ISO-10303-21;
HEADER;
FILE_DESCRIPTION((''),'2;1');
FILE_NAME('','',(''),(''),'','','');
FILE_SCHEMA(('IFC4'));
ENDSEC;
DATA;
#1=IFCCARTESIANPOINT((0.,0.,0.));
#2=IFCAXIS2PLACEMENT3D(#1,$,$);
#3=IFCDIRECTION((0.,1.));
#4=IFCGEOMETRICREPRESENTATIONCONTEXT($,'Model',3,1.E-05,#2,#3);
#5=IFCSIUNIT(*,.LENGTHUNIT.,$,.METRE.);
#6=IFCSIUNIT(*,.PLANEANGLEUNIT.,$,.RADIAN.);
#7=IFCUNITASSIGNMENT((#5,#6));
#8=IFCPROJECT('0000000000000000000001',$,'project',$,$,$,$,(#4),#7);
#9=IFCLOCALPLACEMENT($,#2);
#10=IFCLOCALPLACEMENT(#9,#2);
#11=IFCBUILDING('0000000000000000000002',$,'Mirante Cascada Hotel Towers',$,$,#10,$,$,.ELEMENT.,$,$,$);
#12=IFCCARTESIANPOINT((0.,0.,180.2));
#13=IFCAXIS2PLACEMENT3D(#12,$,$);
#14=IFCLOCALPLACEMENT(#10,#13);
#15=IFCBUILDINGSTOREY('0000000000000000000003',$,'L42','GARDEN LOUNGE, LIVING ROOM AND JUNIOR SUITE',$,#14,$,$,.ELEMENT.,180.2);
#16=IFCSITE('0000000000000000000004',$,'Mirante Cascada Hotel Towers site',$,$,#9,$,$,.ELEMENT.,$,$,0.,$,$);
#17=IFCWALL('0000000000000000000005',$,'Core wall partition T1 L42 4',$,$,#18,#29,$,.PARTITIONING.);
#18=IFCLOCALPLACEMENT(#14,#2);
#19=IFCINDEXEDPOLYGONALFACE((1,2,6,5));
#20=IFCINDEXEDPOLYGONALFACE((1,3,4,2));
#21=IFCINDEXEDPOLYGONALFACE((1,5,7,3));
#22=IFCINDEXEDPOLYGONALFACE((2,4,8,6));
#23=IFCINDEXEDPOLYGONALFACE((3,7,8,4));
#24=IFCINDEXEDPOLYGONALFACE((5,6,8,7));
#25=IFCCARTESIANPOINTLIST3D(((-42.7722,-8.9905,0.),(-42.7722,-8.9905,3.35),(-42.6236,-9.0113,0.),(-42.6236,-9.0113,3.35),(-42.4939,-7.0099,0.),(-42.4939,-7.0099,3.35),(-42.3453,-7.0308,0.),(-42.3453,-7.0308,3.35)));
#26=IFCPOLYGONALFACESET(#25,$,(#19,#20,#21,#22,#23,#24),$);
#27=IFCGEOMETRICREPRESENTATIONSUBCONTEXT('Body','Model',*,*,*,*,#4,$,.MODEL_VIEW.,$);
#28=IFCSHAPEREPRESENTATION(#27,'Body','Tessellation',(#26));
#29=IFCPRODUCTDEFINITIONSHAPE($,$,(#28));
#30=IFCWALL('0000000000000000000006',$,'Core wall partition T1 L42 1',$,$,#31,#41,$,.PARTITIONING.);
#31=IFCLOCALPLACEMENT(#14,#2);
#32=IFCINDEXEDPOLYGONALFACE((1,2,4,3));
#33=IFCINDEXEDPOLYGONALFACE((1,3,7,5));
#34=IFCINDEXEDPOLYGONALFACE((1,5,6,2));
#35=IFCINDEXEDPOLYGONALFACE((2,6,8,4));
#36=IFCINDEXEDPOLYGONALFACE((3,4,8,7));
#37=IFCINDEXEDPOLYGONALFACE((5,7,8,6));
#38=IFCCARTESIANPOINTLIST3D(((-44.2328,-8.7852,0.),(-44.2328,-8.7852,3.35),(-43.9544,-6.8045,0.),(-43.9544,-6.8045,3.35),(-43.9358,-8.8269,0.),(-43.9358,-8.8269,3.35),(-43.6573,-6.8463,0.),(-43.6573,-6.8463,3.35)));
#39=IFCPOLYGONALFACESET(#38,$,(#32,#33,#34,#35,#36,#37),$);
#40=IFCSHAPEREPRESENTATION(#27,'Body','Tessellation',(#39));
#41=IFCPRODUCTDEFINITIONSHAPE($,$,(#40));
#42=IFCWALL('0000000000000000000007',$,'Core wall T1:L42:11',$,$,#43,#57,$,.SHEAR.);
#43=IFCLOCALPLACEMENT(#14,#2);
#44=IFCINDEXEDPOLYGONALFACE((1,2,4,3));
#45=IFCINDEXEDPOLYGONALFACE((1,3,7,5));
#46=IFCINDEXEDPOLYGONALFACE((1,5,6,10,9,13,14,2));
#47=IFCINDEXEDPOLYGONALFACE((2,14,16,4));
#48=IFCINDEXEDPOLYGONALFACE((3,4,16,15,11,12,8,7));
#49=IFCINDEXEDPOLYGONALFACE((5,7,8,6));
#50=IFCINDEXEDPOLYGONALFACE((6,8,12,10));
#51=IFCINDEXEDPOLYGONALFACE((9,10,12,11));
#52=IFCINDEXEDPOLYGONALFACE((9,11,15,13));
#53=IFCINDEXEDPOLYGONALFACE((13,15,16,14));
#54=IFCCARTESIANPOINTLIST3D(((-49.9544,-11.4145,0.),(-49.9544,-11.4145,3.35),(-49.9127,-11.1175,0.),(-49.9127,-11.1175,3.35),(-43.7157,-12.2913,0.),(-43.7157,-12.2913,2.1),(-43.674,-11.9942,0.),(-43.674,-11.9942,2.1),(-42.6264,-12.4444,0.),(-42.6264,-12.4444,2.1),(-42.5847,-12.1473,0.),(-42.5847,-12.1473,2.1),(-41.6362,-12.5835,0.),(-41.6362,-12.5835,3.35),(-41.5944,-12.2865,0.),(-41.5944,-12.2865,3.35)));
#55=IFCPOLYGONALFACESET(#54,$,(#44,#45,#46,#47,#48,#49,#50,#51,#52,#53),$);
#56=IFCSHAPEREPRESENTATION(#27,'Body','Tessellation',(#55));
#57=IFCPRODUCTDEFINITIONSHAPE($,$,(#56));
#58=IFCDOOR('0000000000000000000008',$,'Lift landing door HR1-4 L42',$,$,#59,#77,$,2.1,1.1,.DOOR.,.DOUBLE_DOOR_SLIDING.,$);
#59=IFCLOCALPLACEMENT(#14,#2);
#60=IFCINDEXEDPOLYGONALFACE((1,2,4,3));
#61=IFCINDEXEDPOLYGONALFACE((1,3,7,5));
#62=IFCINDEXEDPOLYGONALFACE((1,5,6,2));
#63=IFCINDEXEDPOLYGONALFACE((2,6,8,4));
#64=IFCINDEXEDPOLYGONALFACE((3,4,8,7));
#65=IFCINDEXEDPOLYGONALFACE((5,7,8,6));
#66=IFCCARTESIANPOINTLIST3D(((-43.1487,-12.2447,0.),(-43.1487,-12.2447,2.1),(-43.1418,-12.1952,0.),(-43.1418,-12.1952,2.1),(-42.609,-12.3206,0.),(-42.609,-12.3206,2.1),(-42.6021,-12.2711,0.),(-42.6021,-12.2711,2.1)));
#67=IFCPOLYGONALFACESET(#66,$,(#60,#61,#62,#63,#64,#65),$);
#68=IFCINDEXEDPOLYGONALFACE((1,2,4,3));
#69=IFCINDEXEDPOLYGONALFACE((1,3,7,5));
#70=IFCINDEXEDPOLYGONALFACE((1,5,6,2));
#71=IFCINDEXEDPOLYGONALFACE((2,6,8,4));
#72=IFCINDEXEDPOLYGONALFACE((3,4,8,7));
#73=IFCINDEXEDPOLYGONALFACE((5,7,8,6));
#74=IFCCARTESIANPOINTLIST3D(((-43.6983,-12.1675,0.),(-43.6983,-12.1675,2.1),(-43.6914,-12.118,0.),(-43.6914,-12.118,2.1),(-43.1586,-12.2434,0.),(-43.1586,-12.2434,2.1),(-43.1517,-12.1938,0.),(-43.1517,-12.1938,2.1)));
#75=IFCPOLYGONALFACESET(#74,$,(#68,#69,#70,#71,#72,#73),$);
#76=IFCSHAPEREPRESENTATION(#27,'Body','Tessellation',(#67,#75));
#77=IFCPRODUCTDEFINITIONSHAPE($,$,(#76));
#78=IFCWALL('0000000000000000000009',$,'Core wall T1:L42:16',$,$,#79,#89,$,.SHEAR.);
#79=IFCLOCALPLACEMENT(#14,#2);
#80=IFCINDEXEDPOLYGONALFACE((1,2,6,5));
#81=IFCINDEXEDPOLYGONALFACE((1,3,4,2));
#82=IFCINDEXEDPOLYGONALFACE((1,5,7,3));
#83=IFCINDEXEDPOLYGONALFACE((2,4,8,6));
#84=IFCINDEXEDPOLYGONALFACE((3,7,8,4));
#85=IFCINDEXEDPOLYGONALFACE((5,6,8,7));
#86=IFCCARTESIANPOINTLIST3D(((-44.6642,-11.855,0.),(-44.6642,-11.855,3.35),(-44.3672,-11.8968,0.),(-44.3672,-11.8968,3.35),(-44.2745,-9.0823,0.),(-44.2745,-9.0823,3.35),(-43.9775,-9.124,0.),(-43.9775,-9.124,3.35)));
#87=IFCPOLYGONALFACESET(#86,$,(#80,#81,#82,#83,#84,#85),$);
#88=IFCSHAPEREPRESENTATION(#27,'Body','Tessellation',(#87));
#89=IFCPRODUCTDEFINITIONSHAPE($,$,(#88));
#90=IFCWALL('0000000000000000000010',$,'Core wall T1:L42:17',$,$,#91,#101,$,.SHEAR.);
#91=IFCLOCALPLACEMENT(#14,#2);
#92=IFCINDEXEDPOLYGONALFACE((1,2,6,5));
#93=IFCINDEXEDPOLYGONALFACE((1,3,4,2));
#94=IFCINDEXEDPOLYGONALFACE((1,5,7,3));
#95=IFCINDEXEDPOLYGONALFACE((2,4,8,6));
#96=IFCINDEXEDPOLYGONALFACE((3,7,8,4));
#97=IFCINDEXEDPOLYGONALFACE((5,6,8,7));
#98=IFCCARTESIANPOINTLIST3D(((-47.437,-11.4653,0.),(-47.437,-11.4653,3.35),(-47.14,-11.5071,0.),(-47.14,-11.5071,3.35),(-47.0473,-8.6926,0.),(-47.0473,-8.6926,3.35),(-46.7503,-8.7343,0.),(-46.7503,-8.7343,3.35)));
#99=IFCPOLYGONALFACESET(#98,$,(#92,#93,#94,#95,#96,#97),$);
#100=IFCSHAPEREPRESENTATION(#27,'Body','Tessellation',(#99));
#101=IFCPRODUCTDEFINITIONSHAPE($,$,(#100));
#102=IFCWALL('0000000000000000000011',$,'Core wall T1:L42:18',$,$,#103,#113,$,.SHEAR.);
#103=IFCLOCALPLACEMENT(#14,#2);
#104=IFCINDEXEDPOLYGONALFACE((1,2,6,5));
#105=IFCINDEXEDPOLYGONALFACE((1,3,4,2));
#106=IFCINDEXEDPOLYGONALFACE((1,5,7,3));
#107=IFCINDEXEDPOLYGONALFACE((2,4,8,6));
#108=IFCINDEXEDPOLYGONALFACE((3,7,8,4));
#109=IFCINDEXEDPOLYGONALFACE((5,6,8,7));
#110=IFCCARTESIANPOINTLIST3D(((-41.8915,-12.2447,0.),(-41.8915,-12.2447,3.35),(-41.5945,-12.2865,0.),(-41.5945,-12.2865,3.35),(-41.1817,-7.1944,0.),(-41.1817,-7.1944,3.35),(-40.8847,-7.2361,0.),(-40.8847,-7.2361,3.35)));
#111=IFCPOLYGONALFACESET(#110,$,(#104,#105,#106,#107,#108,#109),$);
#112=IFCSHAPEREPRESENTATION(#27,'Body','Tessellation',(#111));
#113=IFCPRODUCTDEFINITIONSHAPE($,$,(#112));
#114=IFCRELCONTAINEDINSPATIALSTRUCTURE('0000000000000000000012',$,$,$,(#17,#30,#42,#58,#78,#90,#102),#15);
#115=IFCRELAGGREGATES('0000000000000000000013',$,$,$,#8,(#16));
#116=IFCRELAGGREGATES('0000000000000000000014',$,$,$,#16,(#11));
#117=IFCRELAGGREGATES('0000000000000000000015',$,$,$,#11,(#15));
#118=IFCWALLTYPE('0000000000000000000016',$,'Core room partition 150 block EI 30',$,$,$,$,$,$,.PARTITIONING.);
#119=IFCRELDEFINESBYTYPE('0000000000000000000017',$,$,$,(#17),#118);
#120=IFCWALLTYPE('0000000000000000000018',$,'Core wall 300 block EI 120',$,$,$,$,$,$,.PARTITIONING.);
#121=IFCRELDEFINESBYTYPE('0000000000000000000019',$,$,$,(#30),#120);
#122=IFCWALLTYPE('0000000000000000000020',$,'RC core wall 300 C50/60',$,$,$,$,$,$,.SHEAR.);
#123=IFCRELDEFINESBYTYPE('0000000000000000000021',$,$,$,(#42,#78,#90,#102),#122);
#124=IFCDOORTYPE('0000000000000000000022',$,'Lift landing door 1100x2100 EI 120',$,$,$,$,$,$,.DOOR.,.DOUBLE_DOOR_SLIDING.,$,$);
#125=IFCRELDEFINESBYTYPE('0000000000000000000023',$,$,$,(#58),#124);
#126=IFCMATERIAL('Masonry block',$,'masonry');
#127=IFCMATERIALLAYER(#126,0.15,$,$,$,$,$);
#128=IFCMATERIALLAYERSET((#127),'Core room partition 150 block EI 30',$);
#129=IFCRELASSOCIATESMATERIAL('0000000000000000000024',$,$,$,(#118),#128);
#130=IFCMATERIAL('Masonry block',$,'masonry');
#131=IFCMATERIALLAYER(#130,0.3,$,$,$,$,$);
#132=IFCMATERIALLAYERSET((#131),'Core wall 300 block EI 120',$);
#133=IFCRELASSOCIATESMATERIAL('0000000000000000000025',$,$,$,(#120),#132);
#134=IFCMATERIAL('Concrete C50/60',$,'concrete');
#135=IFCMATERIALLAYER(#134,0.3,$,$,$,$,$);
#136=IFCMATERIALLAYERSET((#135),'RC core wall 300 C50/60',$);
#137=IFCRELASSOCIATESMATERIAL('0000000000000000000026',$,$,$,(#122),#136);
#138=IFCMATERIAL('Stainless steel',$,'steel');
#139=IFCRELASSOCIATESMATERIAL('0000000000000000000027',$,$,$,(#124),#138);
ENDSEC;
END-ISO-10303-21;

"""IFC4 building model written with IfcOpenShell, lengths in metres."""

from ifc_helpers import new_model, si_unit, direction, frame, frame_2d, origin, place, context, subcontext, project, spatial, rectangle, extrude, material, layer, layer_set, type_object, element, fill, save


model = new_model("IFC4")

# Units and contexts
model_context = context("Model", 3, precision=1e-05, world=origin(), true_north=direction((0.0, 1.0)))
body_context = subcontext(model_context, "Body", "Model", "MODEL_VIEW")
ifc_project = project(units=[si_unit("LENGTHUNIT", "METRE"), si_unit("PLANEANGLEUNIT", "RADIAN")], contexts=[model_context])

# Site, building, storey
site_placement = place(None, origin())
site = spatial("IfcSite", under=ifc_project, at=site_placement, Name="Mirante Cascada Hotel Towers site", CompositionType="ELEMENT", RefElevation=0.0)
building_placement = place(site_placement, origin())
building = spatial("IfcBuilding", under=site, at=building_placement, Name="Mirante Cascada Hotel Towers", CompositionType="ELEMENT")
storey_placement = place(building_placement, frame((0.0, 0.0, 180.2)))
storey = spatial("IfcBuildingStorey", under=building, at=storey_placement, Name="L42", Description="GARDEN LOUNGE, LIVING ROOM AND JUNIOR SUITE", CompositionType="ELEMENT", Elevation=180.2)

# Walls
ifc_material_1 = material(Name="Masonry block", Category="masonry")
ifc_layer_1 = layer(ifc_material_1, 0.15)
ifc_layer_set_1 = layer_set([ifc_layer_1], Name="Core room partition 150 block EI 30")
wall_type_1 = type_object("IfcWallType", Name="Core room partition 150 block EI 30", PredefinedType="PARTITIONING", material=ifc_layer_set_1)
wall_1_placement = place(storey_placement, frame((-42.6979, -9.0009, 0.0), z_axis=(0.0, 0.0, 1.0), x_axis=(0.139153, 0.990271, 0.0)))
element("IfcWall", 1, at=wall_1_placement, inside=storey, type_object=wall_type_1, Name="Core wall partition T1 L42 4", PredefinedType="PARTITIONING", context=body_context, shape_type="SweptSolid", body=[
    extrude(rectangle(XDim=2.0, YDim=0.15, at=frame_2d((1.0, 0.0))), origin(), (0.0, 0.0, 1.0), 3.35),
])
ifc_material_2 = material(Name="Masonry block", Category="masonry")
ifc_layer_2 = layer(ifc_material_2, 0.3)
ifc_layer_set_2 = layer_set([ifc_layer_2], Name="Core wall 300 block EI 120")
wall_type_2 = type_object("IfcWallType", Name="Core wall 300 block EI 120", PredefinedType="PARTITIONING", material=ifc_layer_set_2)
wall_2_placement = place(storey_placement, frame((-44.0843, -8.8061, 0.0), z_axis=(0.0, 0.0, 1.0), x_axis=(0.139195, 0.990265, 0.0)))
element("IfcWall", 2, at=wall_2_placement, inside=storey, type_object=wall_type_2, Name="Core wall partition T1 L42 1", PredefinedType="PARTITIONING", context=body_context, shape_type="SweptSolid", body=[
    extrude(rectangle(XDim=2.0001, YDim=0.3, at=frame_2d((1.0001, 0.0))), origin(), (0.0, 0.0, 1.0), 3.35),
])

# Wall, opening, door
ifc_material_3 = material(Name="Concrete C50/60", Category="concrete")
ifc_layer_3 = layer(ifc_material_3, 0.3)
ifc_layer_set_3 = layer_set([ifc_layer_3], Name="RC core wall 300 C50/60")
wall_type_3 = type_object("IfcWallType", Name="RC core wall 300 C50/60", PredefinedType="SHEAR", material=ifc_layer_set_3)
wall_3_placement = place(storey_placement, frame((-41.6153, -12.435, 0.0), z_axis=(0.0, 0.0, 1.0), x_axis=(-0.990269, 0.139166, 0.0)))
wall_3 = element("IfcWall", 3, at=wall_3_placement, inside=storey, type_object=wall_type_3, Name="Core wall T1:L42:11", PredefinedType="SHEAR", context=body_context, shape_type="SweptSolid", body=[
    extrude(rectangle(XDim=8.4, YDim=0.3, at=frame_2d((4.2, 0.0))), origin(), (0.0, 0.0, 1.0), 3.35),
])
opening_placement = place(wall_3_placement, frame((1.0, 0.0, 0.0)))
opening = element("IfcOpeningElement", 4, at=opening_placement, cuts=wall_3, PredefinedType="OPENING", context=body_context, shape_type="SweptSolid", body=[
    extrude(rectangle(XDim=1.1, YDim=2.1, at=frame_2d((0.55, 1.05))), frame((0.0, 0.15, 0.0), z_axis=(0.0, -1.0, 0.0), x_axis=(1.0, 0.0, 0.0)), (0.0, 0.0, 1.0), 0.3),
])
ifc_material_4 = material(Name="Stainless steel", Category="steel")
door_type = type_object("IfcDoorType", Name="Lift landing door 1100x2100 EI 120", OperationType="DOUBLE_DOOR_SLIDING", PredefinedType="DOOR", material=ifc_material_4)
door_placement = place(opening_placement, origin())
door = element("IfcDoor", 5, at=door_placement, inside=storey, type_object=door_type, Name="Lift landing door HR1-4 L42", OperationType="DOUBLE_DOOR_SLIDING", OverallHeight=2.1, OverallWidth=1.1, PredefinedType="DOOR", context=body_context, shape_type="SweptSolid", body=[
    extrude(rectangle(XDim=0.545, YDim=2.1, at=frame_2d((0.2725, 1.05))), frame((0.0, 0.025, 0.0), z_axis=(0.0, -1.0, 0.0), x_axis=(1.0, 0.0, 0.0)), (0.0, 0.0, 1.0), 0.05),
    extrude(rectangle(XDim=0.545, YDim=2.1, at=frame_2d((0.8275, 1.05))), frame((0.0, 0.025, 0.0), z_axis=(0.0, -1.0, 0.0), x_axis=(1.0, 0.0, 0.0)), (0.0, 0.0, 1.0), 0.05),
])
fill(opening, door)

# Walls
for number, where, z_axis, x_axis, name in (
    (6, (-44.5157, -11.8759, 0.0), (0.0, 0.0, 1.0), (0.139181, 0.990267, 0.0), "Core wall T1:L42:16"),
    (7, (-47.2885, -11.4862, 0.0), (0.0, 0.0, 1.0), (0.139181, 0.990267, 0.0), "Core wall T1:L42:17"),
):
    element("IfcWall", number, at=place(storey_placement, frame(where, z_axis=z_axis, x_axis=x_axis)), inside=storey, type_object=wall_type_3, Name=name, PredefinedType="SHEAR", context=body_context, shape_type="SweptSolid", body=[
        extrude(rectangle(XDim=2.8, YDim=0.3, at=frame_2d((1.4, 0.0))), origin(), (0.0, 0.0, 1.0), 3.35),
    ])
wall_4_placement = place(storey_placement, frame((-41.743, -12.2656, 0.0), z_axis=(0.0, 0.0, 1.0), x_axis=(0.139176, 0.990268, 0.0)))
element("IfcWall", 8, at=wall_4_placement, inside=storey, type_object=wall_type_3, Name="Core wall T1:L42:18", PredefinedType="SHEAR", context=body_context, shape_type="SweptSolid", body=[
    extrude(rectangle(XDim=5.1, YDim=0.3, at=frame_2d((2.55, 0.0))), origin(), (0.0, 0.0, 1.0), 3.35),
])

save(model, "model.ifc")
